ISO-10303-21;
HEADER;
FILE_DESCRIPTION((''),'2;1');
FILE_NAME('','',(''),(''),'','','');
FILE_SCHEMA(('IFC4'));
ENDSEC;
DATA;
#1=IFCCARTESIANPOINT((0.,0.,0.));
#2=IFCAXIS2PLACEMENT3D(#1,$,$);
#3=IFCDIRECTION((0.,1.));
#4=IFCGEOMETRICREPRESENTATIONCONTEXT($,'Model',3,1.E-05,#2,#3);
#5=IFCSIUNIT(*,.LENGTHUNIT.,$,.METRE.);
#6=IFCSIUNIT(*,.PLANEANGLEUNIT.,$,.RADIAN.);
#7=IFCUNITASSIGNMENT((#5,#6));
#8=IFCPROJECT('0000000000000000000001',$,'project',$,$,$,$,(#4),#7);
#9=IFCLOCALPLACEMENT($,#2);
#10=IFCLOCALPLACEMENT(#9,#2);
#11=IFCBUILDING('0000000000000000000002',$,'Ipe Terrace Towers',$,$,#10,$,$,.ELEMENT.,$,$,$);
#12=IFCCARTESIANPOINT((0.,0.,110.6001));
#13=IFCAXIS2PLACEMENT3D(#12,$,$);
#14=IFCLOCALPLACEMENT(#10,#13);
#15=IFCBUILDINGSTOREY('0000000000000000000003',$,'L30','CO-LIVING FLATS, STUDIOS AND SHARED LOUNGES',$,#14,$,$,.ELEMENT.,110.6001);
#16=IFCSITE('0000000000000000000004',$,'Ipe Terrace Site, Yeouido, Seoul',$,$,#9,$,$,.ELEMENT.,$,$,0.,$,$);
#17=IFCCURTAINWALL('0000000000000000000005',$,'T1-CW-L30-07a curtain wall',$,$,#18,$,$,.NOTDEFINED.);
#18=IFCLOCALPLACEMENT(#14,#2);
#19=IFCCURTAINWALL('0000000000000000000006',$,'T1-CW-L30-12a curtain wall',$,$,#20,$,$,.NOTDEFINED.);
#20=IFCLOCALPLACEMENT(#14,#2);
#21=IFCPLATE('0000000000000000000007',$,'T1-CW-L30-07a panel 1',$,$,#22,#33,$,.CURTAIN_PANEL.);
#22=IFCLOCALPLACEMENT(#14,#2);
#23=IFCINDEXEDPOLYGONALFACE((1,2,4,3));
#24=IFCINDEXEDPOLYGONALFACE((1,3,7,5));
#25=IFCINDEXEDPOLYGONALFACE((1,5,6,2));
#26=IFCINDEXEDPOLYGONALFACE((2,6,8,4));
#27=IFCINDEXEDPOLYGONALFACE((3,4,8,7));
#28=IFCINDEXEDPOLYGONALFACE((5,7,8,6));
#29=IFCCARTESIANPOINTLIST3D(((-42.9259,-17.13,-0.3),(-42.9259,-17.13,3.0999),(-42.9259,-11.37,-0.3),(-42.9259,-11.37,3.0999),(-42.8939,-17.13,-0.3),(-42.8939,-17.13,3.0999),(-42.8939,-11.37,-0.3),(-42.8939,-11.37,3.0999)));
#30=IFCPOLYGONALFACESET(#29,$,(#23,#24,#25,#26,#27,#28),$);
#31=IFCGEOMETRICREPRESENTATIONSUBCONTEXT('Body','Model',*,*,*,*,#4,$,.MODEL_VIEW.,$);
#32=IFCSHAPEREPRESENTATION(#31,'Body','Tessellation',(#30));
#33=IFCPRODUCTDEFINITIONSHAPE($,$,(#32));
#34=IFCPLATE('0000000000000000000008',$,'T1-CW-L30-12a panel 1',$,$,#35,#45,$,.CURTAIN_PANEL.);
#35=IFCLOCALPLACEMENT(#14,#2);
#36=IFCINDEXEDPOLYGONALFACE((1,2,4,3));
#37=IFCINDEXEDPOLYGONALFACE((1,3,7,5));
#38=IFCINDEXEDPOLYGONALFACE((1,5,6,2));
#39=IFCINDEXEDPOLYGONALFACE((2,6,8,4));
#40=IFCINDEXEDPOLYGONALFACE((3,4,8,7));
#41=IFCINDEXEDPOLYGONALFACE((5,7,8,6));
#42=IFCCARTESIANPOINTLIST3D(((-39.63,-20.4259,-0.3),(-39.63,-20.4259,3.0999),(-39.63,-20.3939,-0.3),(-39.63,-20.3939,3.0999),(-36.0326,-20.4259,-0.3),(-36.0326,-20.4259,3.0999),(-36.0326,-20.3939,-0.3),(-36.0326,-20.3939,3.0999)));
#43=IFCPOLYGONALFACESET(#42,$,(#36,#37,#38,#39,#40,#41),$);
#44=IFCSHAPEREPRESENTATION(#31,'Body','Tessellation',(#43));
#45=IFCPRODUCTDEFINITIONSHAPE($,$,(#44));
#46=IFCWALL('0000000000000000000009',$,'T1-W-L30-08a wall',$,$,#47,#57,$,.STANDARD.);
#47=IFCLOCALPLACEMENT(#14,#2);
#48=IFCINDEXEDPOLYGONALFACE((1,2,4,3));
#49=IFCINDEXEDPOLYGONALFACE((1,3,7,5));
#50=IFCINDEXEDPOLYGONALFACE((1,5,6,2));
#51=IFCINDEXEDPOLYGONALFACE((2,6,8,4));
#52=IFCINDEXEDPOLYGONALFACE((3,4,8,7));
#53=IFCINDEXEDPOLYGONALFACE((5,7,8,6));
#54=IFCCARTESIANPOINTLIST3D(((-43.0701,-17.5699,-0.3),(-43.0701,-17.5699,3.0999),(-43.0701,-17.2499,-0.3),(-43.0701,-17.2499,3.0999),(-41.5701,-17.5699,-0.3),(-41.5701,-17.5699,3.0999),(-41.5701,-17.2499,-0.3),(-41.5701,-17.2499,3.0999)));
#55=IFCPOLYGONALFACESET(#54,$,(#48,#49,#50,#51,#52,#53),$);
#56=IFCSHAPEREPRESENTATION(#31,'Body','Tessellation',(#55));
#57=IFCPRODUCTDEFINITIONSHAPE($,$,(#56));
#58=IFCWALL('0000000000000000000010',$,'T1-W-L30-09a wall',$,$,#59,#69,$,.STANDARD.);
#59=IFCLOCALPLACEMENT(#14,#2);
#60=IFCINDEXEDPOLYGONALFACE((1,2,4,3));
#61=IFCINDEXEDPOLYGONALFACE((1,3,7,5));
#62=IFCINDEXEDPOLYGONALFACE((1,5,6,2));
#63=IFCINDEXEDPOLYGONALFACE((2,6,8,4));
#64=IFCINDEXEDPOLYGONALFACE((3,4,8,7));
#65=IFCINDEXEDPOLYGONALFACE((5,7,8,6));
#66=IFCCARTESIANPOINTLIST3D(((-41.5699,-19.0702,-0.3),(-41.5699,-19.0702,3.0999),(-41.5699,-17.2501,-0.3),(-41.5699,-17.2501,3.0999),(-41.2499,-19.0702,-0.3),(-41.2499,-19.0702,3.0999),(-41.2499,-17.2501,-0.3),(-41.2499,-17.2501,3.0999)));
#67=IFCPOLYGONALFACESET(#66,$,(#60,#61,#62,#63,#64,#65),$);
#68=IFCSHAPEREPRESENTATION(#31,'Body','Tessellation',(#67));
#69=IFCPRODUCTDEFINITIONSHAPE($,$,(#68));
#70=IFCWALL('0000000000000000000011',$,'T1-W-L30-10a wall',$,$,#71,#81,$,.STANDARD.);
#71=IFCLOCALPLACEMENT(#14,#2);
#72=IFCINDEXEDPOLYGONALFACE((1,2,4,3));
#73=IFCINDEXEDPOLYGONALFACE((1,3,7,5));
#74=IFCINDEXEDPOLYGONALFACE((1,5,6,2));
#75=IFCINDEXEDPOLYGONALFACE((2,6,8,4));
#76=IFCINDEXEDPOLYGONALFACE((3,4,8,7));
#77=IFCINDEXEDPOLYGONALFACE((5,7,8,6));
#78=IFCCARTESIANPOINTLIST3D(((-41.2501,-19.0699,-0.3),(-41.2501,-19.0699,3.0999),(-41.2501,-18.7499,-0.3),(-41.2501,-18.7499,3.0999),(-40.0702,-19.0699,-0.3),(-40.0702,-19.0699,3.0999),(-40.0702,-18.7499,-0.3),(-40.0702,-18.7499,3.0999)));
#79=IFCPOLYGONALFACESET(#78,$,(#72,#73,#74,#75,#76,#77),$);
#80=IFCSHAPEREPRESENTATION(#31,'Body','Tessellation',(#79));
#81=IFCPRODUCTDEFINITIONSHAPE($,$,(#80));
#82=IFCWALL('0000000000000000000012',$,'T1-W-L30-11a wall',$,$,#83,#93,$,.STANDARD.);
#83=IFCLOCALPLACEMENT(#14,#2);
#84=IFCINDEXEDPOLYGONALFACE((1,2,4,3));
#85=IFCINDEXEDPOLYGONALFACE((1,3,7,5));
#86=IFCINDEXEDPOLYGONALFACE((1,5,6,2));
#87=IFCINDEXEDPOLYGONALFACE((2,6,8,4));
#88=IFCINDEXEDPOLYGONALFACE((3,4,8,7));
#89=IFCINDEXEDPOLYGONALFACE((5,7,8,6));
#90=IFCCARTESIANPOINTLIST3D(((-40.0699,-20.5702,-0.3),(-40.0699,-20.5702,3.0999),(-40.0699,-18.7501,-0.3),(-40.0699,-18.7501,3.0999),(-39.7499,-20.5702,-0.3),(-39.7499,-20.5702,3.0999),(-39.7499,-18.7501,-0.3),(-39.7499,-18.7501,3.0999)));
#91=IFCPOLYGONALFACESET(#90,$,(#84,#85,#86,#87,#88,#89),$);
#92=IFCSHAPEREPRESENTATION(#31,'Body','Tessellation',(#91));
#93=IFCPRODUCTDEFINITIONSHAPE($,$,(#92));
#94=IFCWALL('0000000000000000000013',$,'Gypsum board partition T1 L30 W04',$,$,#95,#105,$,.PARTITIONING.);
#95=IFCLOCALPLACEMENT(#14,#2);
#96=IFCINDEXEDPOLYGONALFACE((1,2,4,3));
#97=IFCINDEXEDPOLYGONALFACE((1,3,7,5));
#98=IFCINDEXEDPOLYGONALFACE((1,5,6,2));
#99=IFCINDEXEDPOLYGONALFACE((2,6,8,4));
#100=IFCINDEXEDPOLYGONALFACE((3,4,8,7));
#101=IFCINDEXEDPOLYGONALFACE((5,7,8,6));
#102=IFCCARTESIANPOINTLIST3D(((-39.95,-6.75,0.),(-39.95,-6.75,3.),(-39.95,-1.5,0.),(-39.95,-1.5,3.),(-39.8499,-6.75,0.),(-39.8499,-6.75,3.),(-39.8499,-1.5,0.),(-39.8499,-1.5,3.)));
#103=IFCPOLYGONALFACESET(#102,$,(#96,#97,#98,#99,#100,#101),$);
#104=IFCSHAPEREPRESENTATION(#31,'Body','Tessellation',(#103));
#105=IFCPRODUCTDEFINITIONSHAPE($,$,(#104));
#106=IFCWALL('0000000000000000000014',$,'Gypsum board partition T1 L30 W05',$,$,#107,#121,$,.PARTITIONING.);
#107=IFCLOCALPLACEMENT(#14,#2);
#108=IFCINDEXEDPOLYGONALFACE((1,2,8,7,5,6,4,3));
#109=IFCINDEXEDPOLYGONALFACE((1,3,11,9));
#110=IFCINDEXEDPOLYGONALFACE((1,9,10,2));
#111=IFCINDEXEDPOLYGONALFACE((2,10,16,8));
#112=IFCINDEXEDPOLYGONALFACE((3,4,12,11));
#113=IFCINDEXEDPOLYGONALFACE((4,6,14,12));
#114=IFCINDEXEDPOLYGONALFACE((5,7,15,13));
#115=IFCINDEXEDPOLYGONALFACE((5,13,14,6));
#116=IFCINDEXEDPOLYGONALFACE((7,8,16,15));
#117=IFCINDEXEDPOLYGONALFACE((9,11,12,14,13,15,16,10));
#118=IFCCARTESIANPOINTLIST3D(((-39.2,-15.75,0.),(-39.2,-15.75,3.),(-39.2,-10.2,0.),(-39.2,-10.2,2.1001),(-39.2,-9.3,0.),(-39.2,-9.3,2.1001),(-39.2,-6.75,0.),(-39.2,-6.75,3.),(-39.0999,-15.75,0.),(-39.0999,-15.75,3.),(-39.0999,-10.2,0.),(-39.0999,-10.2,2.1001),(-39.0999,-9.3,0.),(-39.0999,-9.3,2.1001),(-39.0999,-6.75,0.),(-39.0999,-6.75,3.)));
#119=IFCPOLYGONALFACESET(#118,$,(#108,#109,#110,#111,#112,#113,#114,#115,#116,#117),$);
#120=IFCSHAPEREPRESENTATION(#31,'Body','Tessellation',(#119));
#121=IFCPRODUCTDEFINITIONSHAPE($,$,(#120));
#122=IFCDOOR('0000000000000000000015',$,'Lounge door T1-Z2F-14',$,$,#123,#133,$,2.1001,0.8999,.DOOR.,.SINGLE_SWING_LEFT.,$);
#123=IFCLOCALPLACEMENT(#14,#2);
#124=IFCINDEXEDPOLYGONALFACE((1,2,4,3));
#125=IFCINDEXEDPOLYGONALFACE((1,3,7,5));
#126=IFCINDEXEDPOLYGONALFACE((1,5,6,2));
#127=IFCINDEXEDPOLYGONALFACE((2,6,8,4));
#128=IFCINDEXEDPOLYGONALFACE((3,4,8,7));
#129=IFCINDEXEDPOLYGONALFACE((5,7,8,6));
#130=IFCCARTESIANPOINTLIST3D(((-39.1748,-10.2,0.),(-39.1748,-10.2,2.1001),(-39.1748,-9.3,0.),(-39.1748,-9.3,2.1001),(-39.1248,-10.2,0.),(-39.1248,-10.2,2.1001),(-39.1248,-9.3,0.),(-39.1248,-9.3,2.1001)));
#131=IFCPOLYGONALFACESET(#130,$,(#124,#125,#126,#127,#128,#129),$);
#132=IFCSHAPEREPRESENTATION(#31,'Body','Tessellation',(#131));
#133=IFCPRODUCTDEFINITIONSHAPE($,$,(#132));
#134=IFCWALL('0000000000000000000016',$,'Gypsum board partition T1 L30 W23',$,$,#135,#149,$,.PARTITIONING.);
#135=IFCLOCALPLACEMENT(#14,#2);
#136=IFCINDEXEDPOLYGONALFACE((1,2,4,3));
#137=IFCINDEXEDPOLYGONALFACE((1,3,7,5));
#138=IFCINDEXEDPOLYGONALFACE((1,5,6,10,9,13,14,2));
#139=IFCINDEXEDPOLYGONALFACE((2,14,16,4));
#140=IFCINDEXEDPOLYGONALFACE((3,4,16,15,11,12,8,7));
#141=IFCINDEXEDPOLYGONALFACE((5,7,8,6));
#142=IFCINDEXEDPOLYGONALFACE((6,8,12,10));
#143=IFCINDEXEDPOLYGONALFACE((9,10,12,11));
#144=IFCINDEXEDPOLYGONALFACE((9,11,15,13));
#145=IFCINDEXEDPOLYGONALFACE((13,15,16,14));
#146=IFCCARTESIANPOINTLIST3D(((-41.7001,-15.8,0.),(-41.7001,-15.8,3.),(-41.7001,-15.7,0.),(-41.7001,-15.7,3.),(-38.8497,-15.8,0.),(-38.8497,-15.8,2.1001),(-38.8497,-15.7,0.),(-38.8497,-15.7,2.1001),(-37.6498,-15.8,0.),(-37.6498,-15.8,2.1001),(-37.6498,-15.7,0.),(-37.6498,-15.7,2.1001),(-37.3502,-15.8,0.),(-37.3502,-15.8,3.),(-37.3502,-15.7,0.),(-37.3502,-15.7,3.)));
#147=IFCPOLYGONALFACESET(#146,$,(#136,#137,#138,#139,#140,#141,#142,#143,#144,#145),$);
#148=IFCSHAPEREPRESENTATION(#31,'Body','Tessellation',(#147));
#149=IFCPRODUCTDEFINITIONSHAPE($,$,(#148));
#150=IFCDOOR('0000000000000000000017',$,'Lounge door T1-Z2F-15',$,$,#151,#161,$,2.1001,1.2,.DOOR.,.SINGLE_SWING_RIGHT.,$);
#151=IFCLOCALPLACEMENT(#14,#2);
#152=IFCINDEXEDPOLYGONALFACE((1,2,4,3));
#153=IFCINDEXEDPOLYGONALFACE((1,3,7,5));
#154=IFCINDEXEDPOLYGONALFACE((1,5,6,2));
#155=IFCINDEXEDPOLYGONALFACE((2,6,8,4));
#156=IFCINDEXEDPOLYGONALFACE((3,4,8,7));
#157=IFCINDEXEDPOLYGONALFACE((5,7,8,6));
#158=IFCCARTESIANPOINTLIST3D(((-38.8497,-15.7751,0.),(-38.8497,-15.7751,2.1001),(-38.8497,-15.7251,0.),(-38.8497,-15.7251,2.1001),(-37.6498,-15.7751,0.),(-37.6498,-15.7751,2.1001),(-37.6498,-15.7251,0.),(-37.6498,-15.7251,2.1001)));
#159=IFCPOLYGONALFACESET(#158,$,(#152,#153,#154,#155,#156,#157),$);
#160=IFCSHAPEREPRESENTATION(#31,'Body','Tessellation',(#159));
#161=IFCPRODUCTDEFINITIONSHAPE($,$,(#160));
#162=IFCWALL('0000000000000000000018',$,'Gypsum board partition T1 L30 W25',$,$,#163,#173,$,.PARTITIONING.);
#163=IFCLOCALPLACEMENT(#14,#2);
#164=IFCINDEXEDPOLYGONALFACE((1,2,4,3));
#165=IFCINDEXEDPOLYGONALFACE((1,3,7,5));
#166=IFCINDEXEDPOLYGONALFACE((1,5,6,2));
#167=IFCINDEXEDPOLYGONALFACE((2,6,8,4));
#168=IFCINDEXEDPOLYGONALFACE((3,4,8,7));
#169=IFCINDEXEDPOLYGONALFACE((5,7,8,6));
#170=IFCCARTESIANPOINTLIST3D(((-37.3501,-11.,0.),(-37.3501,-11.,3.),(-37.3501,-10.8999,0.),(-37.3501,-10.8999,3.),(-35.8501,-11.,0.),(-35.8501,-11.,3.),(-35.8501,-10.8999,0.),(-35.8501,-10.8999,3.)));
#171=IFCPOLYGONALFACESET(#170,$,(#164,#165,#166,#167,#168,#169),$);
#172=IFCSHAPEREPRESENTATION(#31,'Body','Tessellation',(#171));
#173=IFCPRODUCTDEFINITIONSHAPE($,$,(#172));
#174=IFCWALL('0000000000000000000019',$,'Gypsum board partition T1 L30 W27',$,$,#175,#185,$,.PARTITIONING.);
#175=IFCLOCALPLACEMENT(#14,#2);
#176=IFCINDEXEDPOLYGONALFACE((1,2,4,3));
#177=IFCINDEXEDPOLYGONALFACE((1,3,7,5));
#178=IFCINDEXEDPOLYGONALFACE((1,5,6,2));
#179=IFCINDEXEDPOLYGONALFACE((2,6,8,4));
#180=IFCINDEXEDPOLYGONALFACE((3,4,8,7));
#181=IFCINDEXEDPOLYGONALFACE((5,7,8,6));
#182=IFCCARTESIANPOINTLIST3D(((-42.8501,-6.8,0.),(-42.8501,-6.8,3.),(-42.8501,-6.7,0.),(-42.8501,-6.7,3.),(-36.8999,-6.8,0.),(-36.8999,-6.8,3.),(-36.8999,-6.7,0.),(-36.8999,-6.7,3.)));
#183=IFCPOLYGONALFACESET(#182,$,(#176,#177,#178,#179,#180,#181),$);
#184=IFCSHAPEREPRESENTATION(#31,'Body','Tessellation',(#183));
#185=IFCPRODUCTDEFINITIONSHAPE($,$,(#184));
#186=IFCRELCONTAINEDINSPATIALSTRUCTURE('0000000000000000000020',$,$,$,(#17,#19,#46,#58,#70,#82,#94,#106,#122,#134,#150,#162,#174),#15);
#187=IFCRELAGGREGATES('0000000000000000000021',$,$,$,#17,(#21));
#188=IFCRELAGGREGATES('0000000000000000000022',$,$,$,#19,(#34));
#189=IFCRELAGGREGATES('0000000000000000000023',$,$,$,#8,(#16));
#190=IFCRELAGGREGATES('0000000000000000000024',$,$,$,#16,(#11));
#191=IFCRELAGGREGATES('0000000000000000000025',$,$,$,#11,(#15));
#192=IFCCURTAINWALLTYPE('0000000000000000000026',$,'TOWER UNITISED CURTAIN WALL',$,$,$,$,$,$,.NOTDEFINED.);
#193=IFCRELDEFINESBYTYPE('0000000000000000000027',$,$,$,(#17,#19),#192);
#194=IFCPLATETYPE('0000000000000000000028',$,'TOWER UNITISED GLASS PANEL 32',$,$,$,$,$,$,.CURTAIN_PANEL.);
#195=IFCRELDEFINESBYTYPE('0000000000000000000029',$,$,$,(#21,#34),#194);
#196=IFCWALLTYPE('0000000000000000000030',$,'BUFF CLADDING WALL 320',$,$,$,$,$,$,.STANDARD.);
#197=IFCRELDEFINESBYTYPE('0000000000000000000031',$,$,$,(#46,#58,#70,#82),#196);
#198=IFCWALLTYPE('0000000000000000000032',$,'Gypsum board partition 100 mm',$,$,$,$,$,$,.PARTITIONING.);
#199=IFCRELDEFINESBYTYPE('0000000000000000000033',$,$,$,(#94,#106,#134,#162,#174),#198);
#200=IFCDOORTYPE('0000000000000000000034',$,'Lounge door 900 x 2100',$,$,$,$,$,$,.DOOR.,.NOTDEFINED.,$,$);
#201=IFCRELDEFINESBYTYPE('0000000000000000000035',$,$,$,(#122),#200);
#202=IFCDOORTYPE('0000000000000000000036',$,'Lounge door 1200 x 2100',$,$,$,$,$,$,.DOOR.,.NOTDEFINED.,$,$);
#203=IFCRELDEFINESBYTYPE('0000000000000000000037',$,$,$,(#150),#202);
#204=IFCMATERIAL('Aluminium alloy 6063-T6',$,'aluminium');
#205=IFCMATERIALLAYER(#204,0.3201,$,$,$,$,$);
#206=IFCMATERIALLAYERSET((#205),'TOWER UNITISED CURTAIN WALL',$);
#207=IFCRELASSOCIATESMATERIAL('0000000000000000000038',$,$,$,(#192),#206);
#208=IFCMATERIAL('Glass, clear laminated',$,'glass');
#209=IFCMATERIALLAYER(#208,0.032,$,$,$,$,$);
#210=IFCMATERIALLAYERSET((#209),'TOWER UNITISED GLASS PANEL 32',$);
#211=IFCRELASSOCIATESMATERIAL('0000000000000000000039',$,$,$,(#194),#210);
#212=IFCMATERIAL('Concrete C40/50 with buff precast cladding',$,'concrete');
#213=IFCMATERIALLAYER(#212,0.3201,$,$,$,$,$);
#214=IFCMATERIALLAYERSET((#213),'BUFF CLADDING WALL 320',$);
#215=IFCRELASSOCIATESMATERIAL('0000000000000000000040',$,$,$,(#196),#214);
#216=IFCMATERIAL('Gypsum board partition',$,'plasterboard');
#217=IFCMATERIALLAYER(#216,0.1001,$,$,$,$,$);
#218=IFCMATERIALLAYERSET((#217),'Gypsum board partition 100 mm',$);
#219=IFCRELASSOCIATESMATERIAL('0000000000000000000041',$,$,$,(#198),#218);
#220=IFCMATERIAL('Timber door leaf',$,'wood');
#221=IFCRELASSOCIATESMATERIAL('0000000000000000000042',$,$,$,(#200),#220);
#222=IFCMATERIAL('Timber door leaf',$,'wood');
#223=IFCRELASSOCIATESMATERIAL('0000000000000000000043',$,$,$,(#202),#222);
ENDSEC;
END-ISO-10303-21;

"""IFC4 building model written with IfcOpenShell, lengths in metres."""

from ifc_helpers import new_model, si_unit, direction, frame, frame_2d, origin, origin_2d, place, context, subcontext, project, spatial, rectangle, extrude, material, layer, layer_set, type_object, element, fill, aggregate, save


model = new_model("IFC4")

# Units and contexts
model_context = context("Model", 3, precision=1e-05, world=origin(), true_north=direction((0.0, 1.0)))
body_context = subcontext(model_context, "Body", "Model", "MODEL_VIEW")
ifc_project = project(units=[si_unit("LENGTHUNIT", "METRE"), si_unit("PLANEANGLEUNIT", "RADIAN")], contexts=[model_context])

# Site, building, storey
site_placement = place(None, origin())
site = spatial("IfcSite", under=ifc_project, at=site_placement, Name="Ipe Terrace Site, Yeouido, Seoul", CompositionType="ELEMENT", RefElevation=0.0)
building_placement = place(site_placement, origin())
building = spatial("IfcBuilding", under=site, at=building_placement, Name="Ipe Terrace Towers", CompositionType="ELEMENT")
storey_placement = place(building_placement, frame((0.0, 0.0, 110.6001)))
storey = spatial("IfcBuildingStorey", under=building, at=storey_placement, Name="L30", Description="CO-LIVING FLATS, STUDIOS AND SHARED LOUNGES", CompositionType="ELEMENT", Elevation=110.6001)

# Curtain wall
ifc_material_1 = material(Name="Aluminium alloy 6063-T6", Category="aluminium")
ifc_layer_1 = layer(ifc_material_1, 0.3201)
ifc_layer_set_1 = layer_set([ifc_layer_1], Name="TOWER UNITISED CURTAIN WALL")
curtain_wall_type = type_object("IfcCurtainWallType", Name="TOWER UNITISED CURTAIN WALL", PredefinedType="NOTDEFINED", material=ifc_layer_set_1)
curtain_wall_1_placement = place(storey_placement, origin())
curtain_wall_1 = element("IfcCurtainWall", 1, at=curtain_wall_1_placement, inside=storey, type_object=curtain_wall_type, Name="T1-CW-L30-07a curtain wall", PredefinedType="NOTDEFINED")

# Curtain wall
curtain_wall_2_placement = place(storey_placement, origin())
curtain_wall_2 = element("IfcCurtainWall", 2, at=curtain_wall_2_placement, inside=storey, type_object=curtain_wall_type, Name="T1-CW-L30-12a curtain wall", PredefinedType="NOTDEFINED")

# Plates
ifc_material_2 = material(Name="Glass, clear laminated", Category="glass")
ifc_layer_2 = layer(ifc_material_2, 0.032)
ifc_layer_set_2 = layer_set([ifc_layer_2], Name="TOWER UNITISED GLASS PANEL 32")
plate_type = type_object("IfcPlateType", Name="TOWER UNITISED GLASS PANEL 32", PredefinedType="CURTAIN_PANEL", material=ifc_layer_set_2)
plate_1_placement = place(storey_placement, frame((-42.9099, -14.25, -0.3), z_axis=(0.0, 0.0, 1.0), x_axis=(0.0, -1.0, 0.0)))
plate_1 = element("IfcPlate", 3, at=plate_1_placement, type_object=plate_type, Name="T1-CW-L30-07a panel 1", PredefinedType="CURTAIN_PANEL", context=body_context, shape_type="SweptSolid", body=[
    extrude(rectangle(XDim=5.76, YDim=0.032, at=origin_2d()), origin(), (0.0, 0.0, 1.0), 3.3999),
])
aggregate(curtain_wall_1, [plate_1])
plate_2_placement = place(storey_placement, frame((-37.8313, -20.4099, -0.3), z_axis=(0.0, 0.0, 1.0), x_axis=(1.0, 0.0, 0.0)))
plate_2 = element("IfcPlate", 4, at=plate_2_placement, type_object=plate_type, Name="T1-CW-L30-12a panel 1", PredefinedType="CURTAIN_PANEL", context=body_context, shape_type="SweptSolid", body=[
    extrude(rectangle(XDim=3.5974, YDim=0.032, at=origin_2d()), origin(), (0.0, 0.0, 1.0), 3.3999),
])
aggregate(curtain_wall_2, [plate_2])

# Walls
ifc_material_3 = material(Name="Concrete C40/50 with buff precast cladding", Category="concrete")
ifc_layer_3 = layer(ifc_material_3, 0.3201)
ifc_layer_set_3 = layer_set([ifc_layer_3], Name="BUFF CLADDING WALL 320")
wall_type_1 = type_object("IfcWallType", Name="BUFF CLADDING WALL 320", PredefinedType="STANDARD", material=ifc_layer_set_3)
wall_1_placement = place(storey_placement, frame((-43.0701, -17.4099, -0.3), z_axis=(0.0, 0.0, 1.0), x_axis=(1.0, 0.0, 0.0)))
element("IfcWall", 5, at=wall_1_placement, inside=storey, type_object=wall_type_1, Name="T1-W-L30-08a wall", PredefinedType="STANDARD", context=body_context, shape_type="SweptSolid", body=[
    extrude(rectangle(XDim=1.5, YDim=0.3201, at=frame_2d((0.75, 0.0))), origin(), (0.0, 0.0, 1.0), 3.3999),
])
wall_2_placement = place(storey_placement, frame((-41.4099, -17.25, -0.3), z_axis=(0.0, 0.0, 1.0), x_axis=(0.0, -1.0, 0.0)))
element("IfcWall", 6, at=wall_2_placement, inside=storey, type_object=wall_type_1, Name="T1-W-L30-09a wall", PredefinedType="STANDARD", context=body_context, shape_type="SweptSolid", body=[
    extrude(rectangle(XDim=1.8201, YDim=0.3201, at=frame_2d((0.9102, 0.0))), origin(), (0.0, 0.0, 1.0), 3.3999),
])
wall_3_placement = place(storey_placement, frame((-41.25, -18.9099, -0.3), z_axis=(0.0, 0.0, 1.0), x_axis=(1.0, 0.0, 0.0)))
element("IfcWall", 7, at=wall_3_placement, inside=storey, type_object=wall_type_1, Name="T1-W-L30-10a wall", PredefinedType="STANDARD", context=body_context, shape_type="SweptSolid", body=[
    extrude(rectangle(XDim=1.1799, YDim=0.3201, at=frame_2d((0.5898, 0.0))), origin(), (0.0, 0.0, 1.0), 3.3999),
])
wall_4_placement = place(storey_placement, frame((-39.9099, -18.75, -0.3), z_axis=(0.0, 0.0, 1.0), x_axis=(0.0, -1.0, 0.0)))
element("IfcWall", 8, at=wall_4_placement, inside=storey, type_object=wall_type_1, Name="T1-W-L30-11a wall", PredefinedType="STANDARD", context=body_context, shape_type="SweptSolid", body=[
    extrude(rectangle(XDim=1.8201, YDim=0.3201, at=frame_2d((0.9102, 0.0))), origin(), (0.0, 0.0, 1.0), 3.3999),
])
ifc_material_4 = material(Name="Gypsum board partition", Category="plasterboard")
ifc_layer_4 = layer(ifc_material_4, 0.1001)
ifc_layer_set_4 = layer_set([ifc_layer_4], Name="Gypsum board partition 100 mm")
wall_type_2 = type_object("IfcWallType", Name="Gypsum board partition 100 mm", PredefinedType="PARTITIONING", material=ifc_layer_set_4)
wall_5_placement = place(storey_placement, frame((-39.8999, -6.75, 0.0), z_axis=(0.0, 0.0, 1.0), x_axis=(0.0, 1.0, 0.0)))
element("IfcWall", 9, at=wall_5_placement, inside=storey, type_object=wall_type_2, Name="Gypsum board partition T1 L30 W04", PredefinedType="PARTITIONING", context=body_context, shape_type="SweptSolid", body=[
    extrude(rectangle(XDim=5.25, YDim=0.1001, at=frame_2d((2.625, 0.0))), origin(), (0.0, 0.0, 1.0), 3.0),
])

# Walls, openings, doors
wall_6_placement = place(storey_placement, frame((-39.1499, -15.75, 0.0), z_axis=(0.0, 0.0, 1.0), x_axis=(0.0, 1.0, 0.0)))
wall_6 = element("IfcWall", 10, at=wall_6_placement, inside=storey, type_object=wall_type_2, Name="Gypsum board partition T1 L30 W05", PredefinedType="PARTITIONING", context=body_context, shape_type="SweptSolid", body=[
    extrude(rectangle(XDim=9.0, YDim=0.1001, at=frame_2d((4.5, 0.0))), origin(), (0.0, 0.0, 1.0), 3.0),
])
opening_1_placement = place(wall_6_placement, frame((5.55, 0.0, 0.0)))
opening_1 = element("IfcOpeningElement", 11, at=opening_1_placement, cuts=wall_6, PredefinedType="OPENING", context=body_context, shape_type="SweptSolid", body=[
    extrude(rectangle(XDim=0.8999, YDim=2.1001, at=frame_2d((0.45, 1.05))), frame((0.0, 0.0601, 0.0), z_axis=(0.0, -1.0, 0.0), x_axis=(1.0, 0.0, 0.0)), (0.0, 0.0, 1.0), 0.1201),
])
ifc_material_5 = material(Name="Timber door leaf", Category="wood")
door_type_1 = type_object("IfcDoorType", Name="Lounge door 900 x 2100", OperationType="NOTDEFINED", PredefinedType="DOOR", material=ifc_material_5)
door_1_placement = place(opening_1_placement, origin())
door_1 = element("IfcDoor", 12, at=door_1_placement, inside=storey, type_object=door_type_1, Name="Lounge door T1-Z2F-14", OperationType="SINGLE_SWING_LEFT", OverallHeight=2.1001, OverallWidth=0.8999, PredefinedType="DOOR", context=body_context, shape_type="SweptSolid", body=[
    extrude(rectangle(XDim=0.8999, YDim=2.1001, at=frame_2d((0.45, 1.05))), frame((0.0, 0.0249, 0.0), z_axis=(0.0, -1.0, 0.0), x_axis=(1.0, 0.0, 0.0)), (0.0, 0.0, 1.0), 0.05),
])
fill(opening_1, door_1)
wall_7_placement = place(storey_placement, frame((-41.7, -15.75, 0.0), z_axis=(0.0, 0.0, 1.0), x_axis=(1.0, 0.0, 0.0)))
wall_7 = element("IfcWall", 13, at=wall_7_placement, inside=storey, type_object=wall_type_2, Name="Gypsum board partition T1 L30 W23", PredefinedType="PARTITIONING", context=body_context, shape_type="SweptSolid", body=[
    extrude(rectangle(XDim=4.3499, YDim=0.1001, at=frame_2d((2.1748, 0.0))), origin(), (0.0, 0.0, 1.0), 3.0),
])
opening_2_placement = place(wall_7_placement, frame((2.8501, 0.0, 0.0)))
opening_2 = element("IfcOpeningElement", 14, at=opening_2_placement, cuts=wall_7, PredefinedType="OPENING", context=body_context, shape_type="SweptSolid", body=[
    extrude(rectangle(XDim=1.2, YDim=2.1001, at=frame_2d((0.6001, 1.05))), frame((0.0, 0.0601, 0.0), z_axis=(0.0, -1.0, 0.0), x_axis=(1.0, 0.0, 0.0)), (0.0, 0.0, 1.0), 0.1201),
])
ifc_material_6 = material(Name="Timber door leaf", Category="wood")
door_type_2 = type_object("IfcDoorType", Name="Lounge door 1200 x 2100", OperationType="NOTDEFINED", PredefinedType="DOOR", material=ifc_material_6)
door_2_placement = place(opening_2_placement, origin())
door_2 = element("IfcDoor", 15, at=door_2_placement, inside=storey, type_object=door_type_2, Name="Lounge door T1-Z2F-15", OperationType="SINGLE_SWING_RIGHT", OverallHeight=2.1001, OverallWidth=1.2, PredefinedType="DOOR", context=body_context, shape_type="SweptSolid", body=[
    extrude(rectangle(XDim=1.2, YDim=2.1001, at=frame_2d((0.6001, 1.05))), frame((0.0, 0.0249, 0.0), z_axis=(0.0, -1.0, 0.0), x_axis=(1.0, 0.0, 0.0)), (0.0, 0.0, 1.0), 0.05),
])
fill(opening_2, door_2)

# Walls
wall_8_placement = place(storey_placement, frame((-37.3501, -10.95, 0.0), z_axis=(0.0, 0.0, 1.0), x_axis=(1.0, 0.0, 0.0)))
element("IfcWall", 16, at=wall_8_placement, inside=storey, type_object=wall_type_2, Name="Gypsum board partition T1 L30 W25", PredefinedType="PARTITIONING", context=body_context, shape_type="SweptSolid", body=[
    extrude(rectangle(XDim=1.5, YDim=0.1001, at=frame_2d((0.75, 0.0))), origin(), (0.0, 0.0, 1.0), 3.0),
])
wall_9_placement = place(storey_placement, frame((-42.8501, -6.75, 0.0), z_axis=(0.0, 0.0, 1.0), x_axis=(1.0, 0.0, 0.0)))
element("IfcWall", 17, at=wall_9_placement, inside=storey, type_object=wall_type_2, Name="Gypsum board partition T1 L30 W27", PredefinedType="PARTITIONING", context=body_context, shape_type="SweptSolid", body=[
    extrude(rectangle(XDim=5.9502, YDim=0.1001, at=frame_2d((2.9751, 0.0))), origin(), (0.0, 0.0, 1.0), 3.0),
])

save(model, "model.ifc")
